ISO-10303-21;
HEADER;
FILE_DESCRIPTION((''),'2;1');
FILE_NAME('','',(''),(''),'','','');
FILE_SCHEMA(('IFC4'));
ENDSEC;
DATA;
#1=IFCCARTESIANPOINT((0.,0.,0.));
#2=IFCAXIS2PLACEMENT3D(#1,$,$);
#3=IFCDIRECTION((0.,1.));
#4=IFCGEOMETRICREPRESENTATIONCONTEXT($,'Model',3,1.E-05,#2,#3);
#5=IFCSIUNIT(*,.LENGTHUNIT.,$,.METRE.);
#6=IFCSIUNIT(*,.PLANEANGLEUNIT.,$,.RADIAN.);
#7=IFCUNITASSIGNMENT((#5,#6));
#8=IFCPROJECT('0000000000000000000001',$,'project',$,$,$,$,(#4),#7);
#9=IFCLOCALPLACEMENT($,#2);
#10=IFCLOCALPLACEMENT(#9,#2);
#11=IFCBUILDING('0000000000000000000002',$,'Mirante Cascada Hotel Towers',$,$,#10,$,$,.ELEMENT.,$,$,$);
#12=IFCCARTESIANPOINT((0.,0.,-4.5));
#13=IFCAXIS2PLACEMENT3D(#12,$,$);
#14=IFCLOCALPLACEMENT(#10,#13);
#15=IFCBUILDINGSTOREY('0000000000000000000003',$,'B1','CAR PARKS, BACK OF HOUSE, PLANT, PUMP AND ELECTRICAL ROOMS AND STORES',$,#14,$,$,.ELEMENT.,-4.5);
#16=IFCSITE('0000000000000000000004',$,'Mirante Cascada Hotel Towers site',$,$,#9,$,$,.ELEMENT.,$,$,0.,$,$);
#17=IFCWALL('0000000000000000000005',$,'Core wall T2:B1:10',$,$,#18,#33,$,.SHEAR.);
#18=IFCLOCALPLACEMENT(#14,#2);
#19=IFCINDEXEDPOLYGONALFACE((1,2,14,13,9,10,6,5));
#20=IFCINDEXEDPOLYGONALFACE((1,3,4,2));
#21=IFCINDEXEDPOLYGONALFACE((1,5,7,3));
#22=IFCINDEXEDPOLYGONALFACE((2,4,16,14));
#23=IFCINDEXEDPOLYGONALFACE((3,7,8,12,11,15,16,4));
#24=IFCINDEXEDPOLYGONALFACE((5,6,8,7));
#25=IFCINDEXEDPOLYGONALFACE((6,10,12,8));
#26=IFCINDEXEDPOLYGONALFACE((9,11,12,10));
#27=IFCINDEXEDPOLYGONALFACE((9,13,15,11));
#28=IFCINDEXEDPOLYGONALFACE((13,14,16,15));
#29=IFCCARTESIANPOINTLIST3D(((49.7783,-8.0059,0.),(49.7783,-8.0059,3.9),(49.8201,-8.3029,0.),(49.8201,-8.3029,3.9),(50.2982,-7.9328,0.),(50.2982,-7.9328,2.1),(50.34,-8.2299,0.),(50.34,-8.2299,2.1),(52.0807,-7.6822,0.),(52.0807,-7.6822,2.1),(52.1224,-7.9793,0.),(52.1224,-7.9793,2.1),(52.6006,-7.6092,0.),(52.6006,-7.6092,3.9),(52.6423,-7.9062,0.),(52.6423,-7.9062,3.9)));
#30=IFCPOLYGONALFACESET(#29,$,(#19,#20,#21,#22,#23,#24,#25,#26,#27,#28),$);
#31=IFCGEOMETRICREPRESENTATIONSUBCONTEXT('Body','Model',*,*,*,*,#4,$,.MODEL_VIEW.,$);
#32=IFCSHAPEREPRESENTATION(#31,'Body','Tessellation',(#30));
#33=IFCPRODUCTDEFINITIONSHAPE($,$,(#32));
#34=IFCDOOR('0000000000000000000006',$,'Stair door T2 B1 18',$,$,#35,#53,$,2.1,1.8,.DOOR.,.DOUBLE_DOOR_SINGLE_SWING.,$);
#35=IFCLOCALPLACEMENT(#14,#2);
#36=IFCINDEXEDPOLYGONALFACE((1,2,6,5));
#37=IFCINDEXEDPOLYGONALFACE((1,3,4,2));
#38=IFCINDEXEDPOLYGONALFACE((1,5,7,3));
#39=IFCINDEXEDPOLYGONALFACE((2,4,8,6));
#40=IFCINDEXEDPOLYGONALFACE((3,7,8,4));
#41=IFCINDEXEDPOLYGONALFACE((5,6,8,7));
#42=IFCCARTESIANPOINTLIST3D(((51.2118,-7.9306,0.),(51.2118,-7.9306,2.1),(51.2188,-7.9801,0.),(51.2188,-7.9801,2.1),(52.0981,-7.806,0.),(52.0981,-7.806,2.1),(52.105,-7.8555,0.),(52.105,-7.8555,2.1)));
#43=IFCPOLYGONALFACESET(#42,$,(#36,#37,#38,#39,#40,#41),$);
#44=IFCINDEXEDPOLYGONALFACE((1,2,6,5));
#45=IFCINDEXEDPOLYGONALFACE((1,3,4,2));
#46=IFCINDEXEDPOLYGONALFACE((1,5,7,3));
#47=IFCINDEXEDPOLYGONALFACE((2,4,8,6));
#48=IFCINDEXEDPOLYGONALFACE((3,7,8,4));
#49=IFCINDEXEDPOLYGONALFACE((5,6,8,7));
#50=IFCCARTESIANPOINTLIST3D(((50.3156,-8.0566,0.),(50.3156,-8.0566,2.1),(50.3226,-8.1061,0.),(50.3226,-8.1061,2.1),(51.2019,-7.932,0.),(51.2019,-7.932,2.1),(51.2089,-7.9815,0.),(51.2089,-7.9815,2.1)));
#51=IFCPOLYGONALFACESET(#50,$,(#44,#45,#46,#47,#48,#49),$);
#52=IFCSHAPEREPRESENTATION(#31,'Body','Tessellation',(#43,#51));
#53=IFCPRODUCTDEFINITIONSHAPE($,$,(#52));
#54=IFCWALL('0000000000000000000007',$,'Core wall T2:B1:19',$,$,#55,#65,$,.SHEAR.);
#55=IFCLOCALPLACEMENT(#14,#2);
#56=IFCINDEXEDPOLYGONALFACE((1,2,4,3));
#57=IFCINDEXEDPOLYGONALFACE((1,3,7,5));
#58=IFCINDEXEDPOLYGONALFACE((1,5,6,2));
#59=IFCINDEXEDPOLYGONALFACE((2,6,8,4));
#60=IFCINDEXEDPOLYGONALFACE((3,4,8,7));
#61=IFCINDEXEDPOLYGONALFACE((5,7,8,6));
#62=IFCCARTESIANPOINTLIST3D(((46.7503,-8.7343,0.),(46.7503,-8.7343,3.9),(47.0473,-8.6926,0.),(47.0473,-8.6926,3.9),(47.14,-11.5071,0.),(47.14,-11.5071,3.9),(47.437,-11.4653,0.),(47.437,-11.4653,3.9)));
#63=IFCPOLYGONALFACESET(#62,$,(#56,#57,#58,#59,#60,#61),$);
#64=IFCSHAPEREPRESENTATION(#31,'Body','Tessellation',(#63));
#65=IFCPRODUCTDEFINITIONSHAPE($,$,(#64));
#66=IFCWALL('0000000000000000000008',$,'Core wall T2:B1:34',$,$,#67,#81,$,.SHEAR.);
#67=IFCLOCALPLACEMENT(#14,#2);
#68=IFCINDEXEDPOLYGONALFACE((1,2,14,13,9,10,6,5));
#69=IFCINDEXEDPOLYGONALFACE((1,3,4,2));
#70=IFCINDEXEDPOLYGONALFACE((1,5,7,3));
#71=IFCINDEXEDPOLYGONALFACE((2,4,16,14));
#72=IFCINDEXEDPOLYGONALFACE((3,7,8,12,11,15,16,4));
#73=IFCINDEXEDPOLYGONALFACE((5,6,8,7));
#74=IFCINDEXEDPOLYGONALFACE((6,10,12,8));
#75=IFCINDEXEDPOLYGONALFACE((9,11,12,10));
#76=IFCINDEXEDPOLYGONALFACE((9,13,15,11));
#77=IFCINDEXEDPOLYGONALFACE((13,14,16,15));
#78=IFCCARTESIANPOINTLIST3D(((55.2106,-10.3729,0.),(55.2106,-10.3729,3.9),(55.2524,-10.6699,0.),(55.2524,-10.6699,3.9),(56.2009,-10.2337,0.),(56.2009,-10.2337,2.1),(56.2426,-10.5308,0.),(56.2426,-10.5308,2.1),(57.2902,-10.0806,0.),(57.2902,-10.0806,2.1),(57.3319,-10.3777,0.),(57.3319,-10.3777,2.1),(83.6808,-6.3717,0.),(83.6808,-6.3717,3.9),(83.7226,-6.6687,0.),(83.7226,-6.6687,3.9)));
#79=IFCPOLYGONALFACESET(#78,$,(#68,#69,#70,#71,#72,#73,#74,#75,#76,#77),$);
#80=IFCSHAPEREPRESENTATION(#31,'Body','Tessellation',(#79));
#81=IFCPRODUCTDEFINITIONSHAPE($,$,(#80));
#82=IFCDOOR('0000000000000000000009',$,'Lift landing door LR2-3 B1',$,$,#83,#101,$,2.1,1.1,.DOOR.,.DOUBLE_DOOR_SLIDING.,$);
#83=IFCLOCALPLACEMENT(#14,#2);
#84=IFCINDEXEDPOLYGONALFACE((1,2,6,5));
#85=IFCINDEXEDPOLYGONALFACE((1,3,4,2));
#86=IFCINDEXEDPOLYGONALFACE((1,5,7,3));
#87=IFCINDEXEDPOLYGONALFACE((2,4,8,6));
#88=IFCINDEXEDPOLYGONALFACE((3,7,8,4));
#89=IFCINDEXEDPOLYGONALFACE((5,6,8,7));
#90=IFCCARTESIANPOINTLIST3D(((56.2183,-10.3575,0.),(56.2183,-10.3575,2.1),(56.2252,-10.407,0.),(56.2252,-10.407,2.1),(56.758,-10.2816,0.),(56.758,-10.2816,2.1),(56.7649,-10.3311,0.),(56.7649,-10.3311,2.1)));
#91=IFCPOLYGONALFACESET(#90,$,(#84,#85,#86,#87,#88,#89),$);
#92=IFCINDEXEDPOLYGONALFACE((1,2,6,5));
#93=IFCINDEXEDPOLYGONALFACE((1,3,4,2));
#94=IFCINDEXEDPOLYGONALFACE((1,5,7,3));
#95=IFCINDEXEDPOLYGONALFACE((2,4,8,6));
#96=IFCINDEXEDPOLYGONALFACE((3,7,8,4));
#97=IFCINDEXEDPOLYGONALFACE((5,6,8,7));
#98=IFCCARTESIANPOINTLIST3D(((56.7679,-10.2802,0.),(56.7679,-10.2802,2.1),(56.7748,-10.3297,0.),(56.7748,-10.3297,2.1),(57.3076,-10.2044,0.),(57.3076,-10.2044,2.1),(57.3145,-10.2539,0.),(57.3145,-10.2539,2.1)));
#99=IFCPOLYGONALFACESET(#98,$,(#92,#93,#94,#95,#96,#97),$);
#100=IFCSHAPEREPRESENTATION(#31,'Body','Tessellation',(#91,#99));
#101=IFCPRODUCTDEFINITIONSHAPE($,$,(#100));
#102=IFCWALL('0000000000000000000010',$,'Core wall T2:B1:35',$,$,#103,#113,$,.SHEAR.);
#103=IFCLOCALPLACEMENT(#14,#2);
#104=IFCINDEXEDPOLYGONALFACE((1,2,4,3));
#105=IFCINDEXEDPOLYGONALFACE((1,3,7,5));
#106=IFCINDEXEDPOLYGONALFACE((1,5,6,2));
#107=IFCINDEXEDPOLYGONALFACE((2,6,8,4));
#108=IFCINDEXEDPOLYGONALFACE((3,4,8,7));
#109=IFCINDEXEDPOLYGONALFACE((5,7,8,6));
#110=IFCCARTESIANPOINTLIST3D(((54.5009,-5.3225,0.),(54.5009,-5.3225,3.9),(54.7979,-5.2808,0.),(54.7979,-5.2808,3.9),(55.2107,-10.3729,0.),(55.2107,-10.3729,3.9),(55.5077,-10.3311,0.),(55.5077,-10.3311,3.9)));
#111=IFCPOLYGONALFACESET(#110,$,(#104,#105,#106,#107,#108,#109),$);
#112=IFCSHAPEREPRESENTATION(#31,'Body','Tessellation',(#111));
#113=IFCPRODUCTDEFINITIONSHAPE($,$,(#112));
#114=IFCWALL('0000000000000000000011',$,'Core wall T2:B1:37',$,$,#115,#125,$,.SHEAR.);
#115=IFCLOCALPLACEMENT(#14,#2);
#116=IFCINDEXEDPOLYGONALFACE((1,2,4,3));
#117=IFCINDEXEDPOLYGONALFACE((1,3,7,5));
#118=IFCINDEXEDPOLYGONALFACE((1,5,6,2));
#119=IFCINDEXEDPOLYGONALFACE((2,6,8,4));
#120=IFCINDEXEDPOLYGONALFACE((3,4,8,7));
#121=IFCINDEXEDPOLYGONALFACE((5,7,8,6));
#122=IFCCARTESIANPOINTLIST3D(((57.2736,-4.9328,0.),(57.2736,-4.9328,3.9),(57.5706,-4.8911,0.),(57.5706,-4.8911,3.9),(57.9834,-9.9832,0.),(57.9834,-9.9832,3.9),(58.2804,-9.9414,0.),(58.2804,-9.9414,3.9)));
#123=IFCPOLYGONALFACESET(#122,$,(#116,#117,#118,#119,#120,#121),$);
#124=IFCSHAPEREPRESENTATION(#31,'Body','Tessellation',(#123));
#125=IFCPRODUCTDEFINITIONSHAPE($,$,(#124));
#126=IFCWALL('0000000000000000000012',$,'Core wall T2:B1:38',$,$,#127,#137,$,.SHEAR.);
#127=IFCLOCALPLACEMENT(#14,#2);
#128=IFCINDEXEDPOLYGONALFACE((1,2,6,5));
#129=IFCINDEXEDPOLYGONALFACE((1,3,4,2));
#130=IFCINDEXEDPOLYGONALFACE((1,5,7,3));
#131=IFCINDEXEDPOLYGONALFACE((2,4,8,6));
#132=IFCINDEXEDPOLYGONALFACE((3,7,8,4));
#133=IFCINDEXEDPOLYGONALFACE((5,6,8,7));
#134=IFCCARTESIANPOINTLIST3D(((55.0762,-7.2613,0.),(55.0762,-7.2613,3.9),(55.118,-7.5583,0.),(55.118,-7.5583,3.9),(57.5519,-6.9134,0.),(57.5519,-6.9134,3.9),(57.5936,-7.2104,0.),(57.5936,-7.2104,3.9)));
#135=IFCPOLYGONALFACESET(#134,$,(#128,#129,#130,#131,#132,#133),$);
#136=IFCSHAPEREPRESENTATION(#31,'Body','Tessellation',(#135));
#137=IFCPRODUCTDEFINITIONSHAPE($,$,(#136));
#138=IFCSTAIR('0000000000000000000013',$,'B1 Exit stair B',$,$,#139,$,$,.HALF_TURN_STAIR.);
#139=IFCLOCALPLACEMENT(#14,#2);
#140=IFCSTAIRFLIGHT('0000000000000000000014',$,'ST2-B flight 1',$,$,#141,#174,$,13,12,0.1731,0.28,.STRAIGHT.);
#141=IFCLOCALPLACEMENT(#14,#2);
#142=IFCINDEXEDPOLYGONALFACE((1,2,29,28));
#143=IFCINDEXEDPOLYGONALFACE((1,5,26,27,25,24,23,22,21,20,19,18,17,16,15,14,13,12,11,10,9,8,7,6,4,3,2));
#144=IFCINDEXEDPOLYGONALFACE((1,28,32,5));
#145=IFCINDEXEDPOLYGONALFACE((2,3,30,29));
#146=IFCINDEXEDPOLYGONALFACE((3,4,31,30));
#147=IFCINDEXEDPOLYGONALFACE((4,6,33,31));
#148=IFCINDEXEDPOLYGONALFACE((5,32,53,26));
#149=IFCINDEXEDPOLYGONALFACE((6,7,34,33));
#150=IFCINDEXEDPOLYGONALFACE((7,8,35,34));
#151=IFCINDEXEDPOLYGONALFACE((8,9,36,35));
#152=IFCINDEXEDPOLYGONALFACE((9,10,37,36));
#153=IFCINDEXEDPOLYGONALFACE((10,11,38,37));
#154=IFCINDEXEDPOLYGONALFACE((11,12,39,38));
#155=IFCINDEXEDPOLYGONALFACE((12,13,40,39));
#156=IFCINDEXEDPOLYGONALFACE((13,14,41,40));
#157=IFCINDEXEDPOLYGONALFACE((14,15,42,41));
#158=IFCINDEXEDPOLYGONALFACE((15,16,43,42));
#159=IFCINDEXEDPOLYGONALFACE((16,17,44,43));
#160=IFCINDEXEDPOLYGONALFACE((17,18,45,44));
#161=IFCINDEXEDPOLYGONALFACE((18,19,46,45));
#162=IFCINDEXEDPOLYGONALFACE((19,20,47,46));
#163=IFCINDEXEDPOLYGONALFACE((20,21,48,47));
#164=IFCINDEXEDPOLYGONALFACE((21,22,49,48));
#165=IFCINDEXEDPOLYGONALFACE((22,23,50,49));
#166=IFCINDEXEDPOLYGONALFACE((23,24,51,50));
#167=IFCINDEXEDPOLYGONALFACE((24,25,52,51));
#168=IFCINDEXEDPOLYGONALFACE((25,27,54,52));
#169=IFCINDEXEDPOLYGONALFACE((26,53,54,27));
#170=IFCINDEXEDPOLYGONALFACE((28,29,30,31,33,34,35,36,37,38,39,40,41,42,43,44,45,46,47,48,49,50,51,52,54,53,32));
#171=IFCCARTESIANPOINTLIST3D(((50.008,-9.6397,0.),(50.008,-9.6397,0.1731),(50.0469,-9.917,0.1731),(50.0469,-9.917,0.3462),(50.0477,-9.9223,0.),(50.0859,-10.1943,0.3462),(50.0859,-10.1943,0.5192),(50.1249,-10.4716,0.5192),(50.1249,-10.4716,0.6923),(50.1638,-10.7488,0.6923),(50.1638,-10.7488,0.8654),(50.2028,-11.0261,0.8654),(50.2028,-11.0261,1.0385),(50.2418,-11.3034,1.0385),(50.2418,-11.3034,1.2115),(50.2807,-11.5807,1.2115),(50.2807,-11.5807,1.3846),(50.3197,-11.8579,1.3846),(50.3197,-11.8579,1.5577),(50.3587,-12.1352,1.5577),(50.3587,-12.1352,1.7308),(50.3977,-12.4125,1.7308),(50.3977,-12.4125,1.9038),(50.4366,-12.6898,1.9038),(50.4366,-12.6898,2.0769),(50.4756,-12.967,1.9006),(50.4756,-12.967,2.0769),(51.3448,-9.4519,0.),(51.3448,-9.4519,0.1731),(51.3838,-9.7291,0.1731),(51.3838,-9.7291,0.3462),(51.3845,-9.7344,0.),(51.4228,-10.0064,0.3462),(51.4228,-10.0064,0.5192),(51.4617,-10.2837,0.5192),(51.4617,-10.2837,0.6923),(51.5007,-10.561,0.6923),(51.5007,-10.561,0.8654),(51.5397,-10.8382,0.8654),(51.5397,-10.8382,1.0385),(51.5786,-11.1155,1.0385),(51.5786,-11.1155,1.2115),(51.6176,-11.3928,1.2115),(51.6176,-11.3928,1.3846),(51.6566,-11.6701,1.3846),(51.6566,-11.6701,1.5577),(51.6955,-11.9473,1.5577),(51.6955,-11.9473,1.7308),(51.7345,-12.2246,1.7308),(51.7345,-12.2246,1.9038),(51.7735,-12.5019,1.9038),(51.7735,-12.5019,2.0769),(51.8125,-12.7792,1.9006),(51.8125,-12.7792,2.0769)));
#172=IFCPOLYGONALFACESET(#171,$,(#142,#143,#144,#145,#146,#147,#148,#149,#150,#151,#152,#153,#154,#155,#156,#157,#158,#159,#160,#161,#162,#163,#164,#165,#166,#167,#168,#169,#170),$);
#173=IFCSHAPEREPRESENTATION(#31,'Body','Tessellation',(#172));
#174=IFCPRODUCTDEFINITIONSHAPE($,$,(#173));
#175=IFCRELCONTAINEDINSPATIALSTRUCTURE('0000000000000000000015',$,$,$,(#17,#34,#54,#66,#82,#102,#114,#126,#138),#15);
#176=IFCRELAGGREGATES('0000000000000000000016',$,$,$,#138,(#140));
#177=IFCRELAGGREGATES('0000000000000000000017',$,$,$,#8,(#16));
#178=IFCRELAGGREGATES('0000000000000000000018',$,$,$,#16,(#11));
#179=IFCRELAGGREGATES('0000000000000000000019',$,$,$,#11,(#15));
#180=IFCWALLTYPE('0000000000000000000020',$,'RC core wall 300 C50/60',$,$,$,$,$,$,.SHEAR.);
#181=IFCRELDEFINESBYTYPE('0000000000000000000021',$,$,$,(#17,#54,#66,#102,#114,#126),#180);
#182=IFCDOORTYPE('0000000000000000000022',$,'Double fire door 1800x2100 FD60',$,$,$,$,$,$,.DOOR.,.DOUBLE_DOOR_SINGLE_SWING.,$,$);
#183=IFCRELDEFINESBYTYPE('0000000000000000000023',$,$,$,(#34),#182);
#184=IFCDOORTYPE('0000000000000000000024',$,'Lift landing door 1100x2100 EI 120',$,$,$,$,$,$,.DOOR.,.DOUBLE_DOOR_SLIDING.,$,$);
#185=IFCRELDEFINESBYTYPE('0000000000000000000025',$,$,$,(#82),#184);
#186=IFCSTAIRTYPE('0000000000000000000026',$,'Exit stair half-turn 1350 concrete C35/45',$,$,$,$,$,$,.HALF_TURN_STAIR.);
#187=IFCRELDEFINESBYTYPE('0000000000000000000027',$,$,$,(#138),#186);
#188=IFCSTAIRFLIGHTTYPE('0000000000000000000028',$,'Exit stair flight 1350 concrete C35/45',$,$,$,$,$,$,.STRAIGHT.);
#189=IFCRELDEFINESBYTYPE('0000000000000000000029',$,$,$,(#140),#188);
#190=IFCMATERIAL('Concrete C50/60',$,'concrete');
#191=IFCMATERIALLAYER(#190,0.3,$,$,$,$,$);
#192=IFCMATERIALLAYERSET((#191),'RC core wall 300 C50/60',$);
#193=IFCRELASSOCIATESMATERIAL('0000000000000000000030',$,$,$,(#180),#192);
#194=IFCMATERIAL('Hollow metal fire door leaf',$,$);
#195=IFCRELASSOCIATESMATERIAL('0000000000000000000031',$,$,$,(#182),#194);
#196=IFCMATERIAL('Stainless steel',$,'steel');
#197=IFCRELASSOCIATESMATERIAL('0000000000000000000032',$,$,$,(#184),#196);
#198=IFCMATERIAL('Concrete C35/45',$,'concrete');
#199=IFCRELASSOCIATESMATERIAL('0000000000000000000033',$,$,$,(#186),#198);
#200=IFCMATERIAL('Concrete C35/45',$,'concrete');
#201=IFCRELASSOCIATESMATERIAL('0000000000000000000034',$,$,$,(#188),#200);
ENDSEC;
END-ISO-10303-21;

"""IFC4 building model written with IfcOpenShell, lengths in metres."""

from ifc_helpers import new_model, si_unit, direction, frame, frame_2d, origin, place, context, subcontext, project, spatial, polyline, rectangle, outline, extrude, material, layer, layer_set, type_object, element, fill, aggregate, save


model = new_model("IFC4")

# Units and contexts
model_context = context("Model", 3, precision=1e-05, world=origin(), true_north=direction((0.0, 1.0)))
body_context = subcontext(model_context, "Body", "Model", "MODEL_VIEW")
ifc_project = project(units=[si_unit("LENGTHUNIT", "METRE"), si_unit("PLANEANGLEUNIT", "RADIAN")], contexts=[model_context])

# Site, building, storey
site_placement = place(None, origin())
site = spatial("IfcSite", under=ifc_project, at=site_placement, Name="Mirante Cascada Hotel Towers site", CompositionType="ELEMENT", RefElevation=0.0)
building_placement = place(site_placement, origin())
building = spatial("IfcBuilding", under=site, at=building_placement, Name="Mirante Cascada Hotel Towers", CompositionType="ELEMENT")
storey_placement = place(building_placement, frame((0.0, 0.0, -4.5)))
storey = spatial("IfcBuildingStorey", under=building, at=storey_placement, Name="B1", Description="CAR PARKS, BACK OF HOUSE, PLANT, PUMP AND ELECTRICAL ROOMS AND STORES", CompositionType="ELEMENT", Elevation=-4.5)

# Wall, opening, door
ifc_material_1 = material(Name="Concrete C50/60", Category="concrete")
ifc_layer = layer(ifc_material_1, 0.3)
ifc_layer_set = layer_set([ifc_layer], Name="RC core wall 300 C50/60")
wall_type = type_object("IfcWallType", Name="RC core wall 300 C50/60", PredefinedType="SHEAR", material=ifc_layer_set)
wall_1_placement = place(storey_placement, frame((49.7992, -8.1544, 0.0), z_axis=(0.0, 0.0, 1.0), x_axis=(0.990266, 0.139191, 0.0)))
wall_1 = element("IfcWall", 1, at=wall_1_placement, inside=storey, type_object=wall_type, Name="Core wall T2:B1:10", PredefinedType="SHEAR", context=body_context, shape_type="SweptSolid", body=[
    extrude(rectangle(XDim=2.85, YDim=0.3, at=frame_2d((1.425, 0.0))), origin(), (0.0, 0.0, 1.0), 3.9),
])
opening_1_placement = place(wall_1_placement, frame((0.525, 0.0, 0.0)))
opening_1 = element("IfcOpeningElement", 2, at=opening_1_placement, cuts=wall_1, PredefinedType="OPENING", context=body_context, shape_type="SweptSolid", body=[
    extrude(rectangle(XDim=1.8, YDim=2.1, at=frame_2d((0.9, 1.05))), frame((0.0, 0.15, 0.0), z_axis=(0.0, -1.0, 0.0), x_axis=(1.0, 0.0, 0.0)), (0.0, 0.0, 1.0), 0.3),
])
ifc_material_2 = material(Name="Hollow metal fire door leaf")
door_type_1 = type_object("IfcDoorType", Name="Double fire door 1800x2100 FD60", OperationType="DOUBLE_DOOR_SINGLE_SWING", PredefinedType="DOOR", material=ifc_material_2)
door_1_placement = place(opening_1_placement, frame((1.8, 0.0, 0.0), z_axis=(0.0, 0.0, 1.0), x_axis=(-1.0, 0.0, 0.0)))
door_1 = element("IfcDoor", 3, at=door_1_placement, inside=storey, type_object=door_type_1, Name="Stair door T2 B1 18", OperationType="DOUBLE_DOOR_SINGLE_SWING", OverallHeight=2.1, OverallWidth=1.8, PredefinedType="DOOR", context=body_context, shape_type="SweptSolid", body=[
    extrude(rectangle(XDim=0.895, YDim=2.1, at=frame_2d((0.4475, 1.05))), frame((0.0, 0.025, 0.0), z_axis=(0.0, -1.0, 0.0), x_axis=(1.0, 0.0, 0.0)), (0.0, 0.0, 1.0), 0.05),
    extrude(rectangle(XDim=0.895, YDim=2.1, at=frame_2d((1.3525, 1.05))), frame((0.0, 0.025, 0.0), z_axis=(0.0, -1.0, 0.0), x_axis=(1.0, 0.0, 0.0)), (0.0, 0.0, 1.0), 0.05),
])
fill(opening_1, door_1)

# Wall
wall_2_placement = place(storey_placement, frame((47.2885, -11.4862, 0.0), z_axis=(0.0, 0.0, 1.0), x_axis=(-0.139181, 0.990267, 0.0)))
element("IfcWall", 4, at=wall_2_placement, inside=storey, type_object=wall_type, Name="Core wall T2:B1:19", PredefinedType="SHEAR", context=body_context, shape_type="SweptSolid", body=[
    extrude(rectangle(XDim=2.8, YDim=0.3, at=frame_2d((1.4, 0.0))), origin(), (0.0, 0.0, 1.0), 3.9),
])

# Wall, opening, door
wall_3_placement = place(storey_placement, frame((55.2315, -10.5214, 0.0), z_axis=(0.0, 0.0, 1.0), x_axis=(0.990268, 0.139172, 0.0)))
wall_3 = element("IfcWall", 5, at=wall_3_placement, inside=storey, type_object=wall_type, Name="Core wall T2:B1:34", PredefinedType="SHEAR", context=body_context, shape_type="SweptSolid", body=[
    extrude(rectangle(XDim=28.75, YDim=0.3, at=frame_2d((14.375, 0.0))), origin(), (0.0, 0.0, 1.0), 3.9),
])
opening_2_placement = place(wall_3_placement, frame((1.0, 0.0, 0.0)))
opening_2 = element("IfcOpeningElement", 6, at=opening_2_placement, cuts=wall_3, PredefinedType="OPENING", context=body_context, shape_type="SweptSolid", body=[
    extrude(rectangle(XDim=1.1, YDim=2.1, at=frame_2d((0.55, 1.05))), frame((0.0, 0.15, 0.0), z_axis=(0.0, -1.0, 0.0), x_axis=(1.0, 0.0, 0.0)), (0.0, 0.0, 1.0), 0.3),
])
ifc_material_3 = material(Name="Stainless steel", Category="steel")
door_type_2 = type_object("IfcDoorType", Name="Lift landing door 1100x2100 EI 120", OperationType="DOUBLE_DOOR_SLIDING", PredefinedType="DOOR", material=ifc_material_3)
door_2_placement = place(opening_2_placement, origin())
door_2 = element("IfcDoor", 7, at=door_2_placement, inside=storey, type_object=door_type_2, Name="Lift landing door LR2-3 B1", OperationType="DOUBLE_DOOR_SLIDING", OverallHeight=2.1, OverallWidth=1.1, PredefinedType="DOOR", context=body_context, shape_type="SweptSolid", body=[
    extrude(rectangle(XDim=0.545, YDim=2.1, at=frame_2d((0.2725, 1.05))), frame((0.0, 0.025, 0.0), z_axis=(0.0, -1.0, 0.0), x_axis=(1.0, 0.0, 0.0)), (0.0, 0.0, 1.0), 0.05),
    extrude(rectangle(XDim=0.545, YDim=2.1, at=frame_2d((0.8275, 1.05))), frame((0.0, 0.025, 0.0), z_axis=(0.0, -1.0, 0.0), x_axis=(1.0, 0.0, 0.0)), (0.0, 0.0, 1.0), 0.05),
])
fill(opening_2, door_2)

# Walls
for number, where, z_axis, x_axis, name in (
    (8, (55.3592, -10.352, 0.0), (0.0, 0.0, 1.0), (-0.139176, 0.990268, 0.0), "Core wall T2:B1:35"),
    (9, (58.1319, -9.9623, 0.0), (0.0, 0.0, 1.0), (-0.139176, 0.990268, 0.0), "Core wall T2:B1:37"),
):
    element("IfcWall", number, at=place(storey_placement, frame(where, z_axis=z_axis, x_axis=x_axis)), inside=storey, type_object=wall_type, Name=name, PredefinedType="SHEAR", context=body_context, shape_type="SweptSolid", body=[
        extrude(rectangle(XDim=5.1, YDim=0.3, at=frame_2d((2.55, 0.0))), origin(), (0.0, 0.0, 1.0), 3.9),
    ])
wall_4_placement = place(storey_placement, frame((55.0971, -7.4098, 0.0), z_axis=(0.0, 0.0, 1.0), x_axis=(0.99027, 0.139159, 0.0)))
element("IfcWall", 10, at=wall_4_placement, inside=storey, type_object=wall_type, Name="Core wall T2:B1:38", PredefinedType="SHEAR", context=body_context, shape_type="SweptSolid", body=[
    extrude(rectangle(XDim=2.5, YDim=0.3, at=frame_2d((1.25, 0.0))), origin(), (0.0, 0.0, 1.0), 3.9),
])

# Stair, stair flight
ifc_material_4 = material(Name="Concrete C35/45", Category="concrete")
stair_type = type_object("IfcStairType", Name="Exit stair half-turn 1350 concrete C35/45", PredefinedType="HALF_TURN_STAIR", material=ifc_material_4)
stair_placement = place(storey_placement, origin())
stair = element("IfcStair", 11, at=stair_placement, inside=storey, type_object=stair_type, Name="B1 Exit stair B", PredefinedType="HALF_TURN_STAIR")
ifc_material_5 = material(Name="Concrete C35/45", Category="concrete")
stair_flight_type = type_object("IfcStairFlightType", Name="Exit stair flight 1350 concrete C35/45", PredefinedType="STRAIGHT", material=ifc_material_5)
stair_flight_placement = place(storey_placement, frame((50.6764, -9.5458, 0.0), z_axis=(0.0, 0.0, 1.0), x_axis=(0.139173, -0.990268, 0.0)))
stair_flight = element("IfcStairFlight", 12, at=stair_flight_placement, type_object=stair_flight_type, Name="ST2-B flight 1", NumberOfRisers=13, NumberOfTreads=12, PredefinedType="STRAIGHT", RiserHeight=0.1731, TreadLength=0.28, context=body_context, shape_type="SweptSolid", body=[
    extrude(outline(polyline([(0.0, 0.0), (0.0, 0.1731), (0.28, 0.1731), (0.28, 0.3462), (0.56, 0.3462), (0.56, 0.5192), (0.84, 0.5192), (0.84, 0.6923), (1.12, 0.6923), (1.12, 0.8654), (1.4, 0.8654), (1.4, 1.0385), (1.68, 1.0385), (1.68, 1.2115), (1.96, 1.2115), (1.96, 1.3846), (2.24, 1.3846), (2.24, 1.5577), (2.52, 1.5577), (2.52, 1.7308), (2.8, 1.7308), (2.8, 1.9038), (3.08, 1.9038), (3.08, 2.0769), (3.36, 2.0769), (3.36, 2.25), (3.36, 1.9006), (0.2853, 0.0), (0.0, 0.0)])), frame((0.0, 0.675, 0.0), z_axis=(0.0, -1.0, 0.0), x_axis=(1.0, 0.0, 0.0)), (0.0, 0.0, 1.0), 1.35),
])
aggregate(stair, [stair_flight])

save(model, "model.ifc")
